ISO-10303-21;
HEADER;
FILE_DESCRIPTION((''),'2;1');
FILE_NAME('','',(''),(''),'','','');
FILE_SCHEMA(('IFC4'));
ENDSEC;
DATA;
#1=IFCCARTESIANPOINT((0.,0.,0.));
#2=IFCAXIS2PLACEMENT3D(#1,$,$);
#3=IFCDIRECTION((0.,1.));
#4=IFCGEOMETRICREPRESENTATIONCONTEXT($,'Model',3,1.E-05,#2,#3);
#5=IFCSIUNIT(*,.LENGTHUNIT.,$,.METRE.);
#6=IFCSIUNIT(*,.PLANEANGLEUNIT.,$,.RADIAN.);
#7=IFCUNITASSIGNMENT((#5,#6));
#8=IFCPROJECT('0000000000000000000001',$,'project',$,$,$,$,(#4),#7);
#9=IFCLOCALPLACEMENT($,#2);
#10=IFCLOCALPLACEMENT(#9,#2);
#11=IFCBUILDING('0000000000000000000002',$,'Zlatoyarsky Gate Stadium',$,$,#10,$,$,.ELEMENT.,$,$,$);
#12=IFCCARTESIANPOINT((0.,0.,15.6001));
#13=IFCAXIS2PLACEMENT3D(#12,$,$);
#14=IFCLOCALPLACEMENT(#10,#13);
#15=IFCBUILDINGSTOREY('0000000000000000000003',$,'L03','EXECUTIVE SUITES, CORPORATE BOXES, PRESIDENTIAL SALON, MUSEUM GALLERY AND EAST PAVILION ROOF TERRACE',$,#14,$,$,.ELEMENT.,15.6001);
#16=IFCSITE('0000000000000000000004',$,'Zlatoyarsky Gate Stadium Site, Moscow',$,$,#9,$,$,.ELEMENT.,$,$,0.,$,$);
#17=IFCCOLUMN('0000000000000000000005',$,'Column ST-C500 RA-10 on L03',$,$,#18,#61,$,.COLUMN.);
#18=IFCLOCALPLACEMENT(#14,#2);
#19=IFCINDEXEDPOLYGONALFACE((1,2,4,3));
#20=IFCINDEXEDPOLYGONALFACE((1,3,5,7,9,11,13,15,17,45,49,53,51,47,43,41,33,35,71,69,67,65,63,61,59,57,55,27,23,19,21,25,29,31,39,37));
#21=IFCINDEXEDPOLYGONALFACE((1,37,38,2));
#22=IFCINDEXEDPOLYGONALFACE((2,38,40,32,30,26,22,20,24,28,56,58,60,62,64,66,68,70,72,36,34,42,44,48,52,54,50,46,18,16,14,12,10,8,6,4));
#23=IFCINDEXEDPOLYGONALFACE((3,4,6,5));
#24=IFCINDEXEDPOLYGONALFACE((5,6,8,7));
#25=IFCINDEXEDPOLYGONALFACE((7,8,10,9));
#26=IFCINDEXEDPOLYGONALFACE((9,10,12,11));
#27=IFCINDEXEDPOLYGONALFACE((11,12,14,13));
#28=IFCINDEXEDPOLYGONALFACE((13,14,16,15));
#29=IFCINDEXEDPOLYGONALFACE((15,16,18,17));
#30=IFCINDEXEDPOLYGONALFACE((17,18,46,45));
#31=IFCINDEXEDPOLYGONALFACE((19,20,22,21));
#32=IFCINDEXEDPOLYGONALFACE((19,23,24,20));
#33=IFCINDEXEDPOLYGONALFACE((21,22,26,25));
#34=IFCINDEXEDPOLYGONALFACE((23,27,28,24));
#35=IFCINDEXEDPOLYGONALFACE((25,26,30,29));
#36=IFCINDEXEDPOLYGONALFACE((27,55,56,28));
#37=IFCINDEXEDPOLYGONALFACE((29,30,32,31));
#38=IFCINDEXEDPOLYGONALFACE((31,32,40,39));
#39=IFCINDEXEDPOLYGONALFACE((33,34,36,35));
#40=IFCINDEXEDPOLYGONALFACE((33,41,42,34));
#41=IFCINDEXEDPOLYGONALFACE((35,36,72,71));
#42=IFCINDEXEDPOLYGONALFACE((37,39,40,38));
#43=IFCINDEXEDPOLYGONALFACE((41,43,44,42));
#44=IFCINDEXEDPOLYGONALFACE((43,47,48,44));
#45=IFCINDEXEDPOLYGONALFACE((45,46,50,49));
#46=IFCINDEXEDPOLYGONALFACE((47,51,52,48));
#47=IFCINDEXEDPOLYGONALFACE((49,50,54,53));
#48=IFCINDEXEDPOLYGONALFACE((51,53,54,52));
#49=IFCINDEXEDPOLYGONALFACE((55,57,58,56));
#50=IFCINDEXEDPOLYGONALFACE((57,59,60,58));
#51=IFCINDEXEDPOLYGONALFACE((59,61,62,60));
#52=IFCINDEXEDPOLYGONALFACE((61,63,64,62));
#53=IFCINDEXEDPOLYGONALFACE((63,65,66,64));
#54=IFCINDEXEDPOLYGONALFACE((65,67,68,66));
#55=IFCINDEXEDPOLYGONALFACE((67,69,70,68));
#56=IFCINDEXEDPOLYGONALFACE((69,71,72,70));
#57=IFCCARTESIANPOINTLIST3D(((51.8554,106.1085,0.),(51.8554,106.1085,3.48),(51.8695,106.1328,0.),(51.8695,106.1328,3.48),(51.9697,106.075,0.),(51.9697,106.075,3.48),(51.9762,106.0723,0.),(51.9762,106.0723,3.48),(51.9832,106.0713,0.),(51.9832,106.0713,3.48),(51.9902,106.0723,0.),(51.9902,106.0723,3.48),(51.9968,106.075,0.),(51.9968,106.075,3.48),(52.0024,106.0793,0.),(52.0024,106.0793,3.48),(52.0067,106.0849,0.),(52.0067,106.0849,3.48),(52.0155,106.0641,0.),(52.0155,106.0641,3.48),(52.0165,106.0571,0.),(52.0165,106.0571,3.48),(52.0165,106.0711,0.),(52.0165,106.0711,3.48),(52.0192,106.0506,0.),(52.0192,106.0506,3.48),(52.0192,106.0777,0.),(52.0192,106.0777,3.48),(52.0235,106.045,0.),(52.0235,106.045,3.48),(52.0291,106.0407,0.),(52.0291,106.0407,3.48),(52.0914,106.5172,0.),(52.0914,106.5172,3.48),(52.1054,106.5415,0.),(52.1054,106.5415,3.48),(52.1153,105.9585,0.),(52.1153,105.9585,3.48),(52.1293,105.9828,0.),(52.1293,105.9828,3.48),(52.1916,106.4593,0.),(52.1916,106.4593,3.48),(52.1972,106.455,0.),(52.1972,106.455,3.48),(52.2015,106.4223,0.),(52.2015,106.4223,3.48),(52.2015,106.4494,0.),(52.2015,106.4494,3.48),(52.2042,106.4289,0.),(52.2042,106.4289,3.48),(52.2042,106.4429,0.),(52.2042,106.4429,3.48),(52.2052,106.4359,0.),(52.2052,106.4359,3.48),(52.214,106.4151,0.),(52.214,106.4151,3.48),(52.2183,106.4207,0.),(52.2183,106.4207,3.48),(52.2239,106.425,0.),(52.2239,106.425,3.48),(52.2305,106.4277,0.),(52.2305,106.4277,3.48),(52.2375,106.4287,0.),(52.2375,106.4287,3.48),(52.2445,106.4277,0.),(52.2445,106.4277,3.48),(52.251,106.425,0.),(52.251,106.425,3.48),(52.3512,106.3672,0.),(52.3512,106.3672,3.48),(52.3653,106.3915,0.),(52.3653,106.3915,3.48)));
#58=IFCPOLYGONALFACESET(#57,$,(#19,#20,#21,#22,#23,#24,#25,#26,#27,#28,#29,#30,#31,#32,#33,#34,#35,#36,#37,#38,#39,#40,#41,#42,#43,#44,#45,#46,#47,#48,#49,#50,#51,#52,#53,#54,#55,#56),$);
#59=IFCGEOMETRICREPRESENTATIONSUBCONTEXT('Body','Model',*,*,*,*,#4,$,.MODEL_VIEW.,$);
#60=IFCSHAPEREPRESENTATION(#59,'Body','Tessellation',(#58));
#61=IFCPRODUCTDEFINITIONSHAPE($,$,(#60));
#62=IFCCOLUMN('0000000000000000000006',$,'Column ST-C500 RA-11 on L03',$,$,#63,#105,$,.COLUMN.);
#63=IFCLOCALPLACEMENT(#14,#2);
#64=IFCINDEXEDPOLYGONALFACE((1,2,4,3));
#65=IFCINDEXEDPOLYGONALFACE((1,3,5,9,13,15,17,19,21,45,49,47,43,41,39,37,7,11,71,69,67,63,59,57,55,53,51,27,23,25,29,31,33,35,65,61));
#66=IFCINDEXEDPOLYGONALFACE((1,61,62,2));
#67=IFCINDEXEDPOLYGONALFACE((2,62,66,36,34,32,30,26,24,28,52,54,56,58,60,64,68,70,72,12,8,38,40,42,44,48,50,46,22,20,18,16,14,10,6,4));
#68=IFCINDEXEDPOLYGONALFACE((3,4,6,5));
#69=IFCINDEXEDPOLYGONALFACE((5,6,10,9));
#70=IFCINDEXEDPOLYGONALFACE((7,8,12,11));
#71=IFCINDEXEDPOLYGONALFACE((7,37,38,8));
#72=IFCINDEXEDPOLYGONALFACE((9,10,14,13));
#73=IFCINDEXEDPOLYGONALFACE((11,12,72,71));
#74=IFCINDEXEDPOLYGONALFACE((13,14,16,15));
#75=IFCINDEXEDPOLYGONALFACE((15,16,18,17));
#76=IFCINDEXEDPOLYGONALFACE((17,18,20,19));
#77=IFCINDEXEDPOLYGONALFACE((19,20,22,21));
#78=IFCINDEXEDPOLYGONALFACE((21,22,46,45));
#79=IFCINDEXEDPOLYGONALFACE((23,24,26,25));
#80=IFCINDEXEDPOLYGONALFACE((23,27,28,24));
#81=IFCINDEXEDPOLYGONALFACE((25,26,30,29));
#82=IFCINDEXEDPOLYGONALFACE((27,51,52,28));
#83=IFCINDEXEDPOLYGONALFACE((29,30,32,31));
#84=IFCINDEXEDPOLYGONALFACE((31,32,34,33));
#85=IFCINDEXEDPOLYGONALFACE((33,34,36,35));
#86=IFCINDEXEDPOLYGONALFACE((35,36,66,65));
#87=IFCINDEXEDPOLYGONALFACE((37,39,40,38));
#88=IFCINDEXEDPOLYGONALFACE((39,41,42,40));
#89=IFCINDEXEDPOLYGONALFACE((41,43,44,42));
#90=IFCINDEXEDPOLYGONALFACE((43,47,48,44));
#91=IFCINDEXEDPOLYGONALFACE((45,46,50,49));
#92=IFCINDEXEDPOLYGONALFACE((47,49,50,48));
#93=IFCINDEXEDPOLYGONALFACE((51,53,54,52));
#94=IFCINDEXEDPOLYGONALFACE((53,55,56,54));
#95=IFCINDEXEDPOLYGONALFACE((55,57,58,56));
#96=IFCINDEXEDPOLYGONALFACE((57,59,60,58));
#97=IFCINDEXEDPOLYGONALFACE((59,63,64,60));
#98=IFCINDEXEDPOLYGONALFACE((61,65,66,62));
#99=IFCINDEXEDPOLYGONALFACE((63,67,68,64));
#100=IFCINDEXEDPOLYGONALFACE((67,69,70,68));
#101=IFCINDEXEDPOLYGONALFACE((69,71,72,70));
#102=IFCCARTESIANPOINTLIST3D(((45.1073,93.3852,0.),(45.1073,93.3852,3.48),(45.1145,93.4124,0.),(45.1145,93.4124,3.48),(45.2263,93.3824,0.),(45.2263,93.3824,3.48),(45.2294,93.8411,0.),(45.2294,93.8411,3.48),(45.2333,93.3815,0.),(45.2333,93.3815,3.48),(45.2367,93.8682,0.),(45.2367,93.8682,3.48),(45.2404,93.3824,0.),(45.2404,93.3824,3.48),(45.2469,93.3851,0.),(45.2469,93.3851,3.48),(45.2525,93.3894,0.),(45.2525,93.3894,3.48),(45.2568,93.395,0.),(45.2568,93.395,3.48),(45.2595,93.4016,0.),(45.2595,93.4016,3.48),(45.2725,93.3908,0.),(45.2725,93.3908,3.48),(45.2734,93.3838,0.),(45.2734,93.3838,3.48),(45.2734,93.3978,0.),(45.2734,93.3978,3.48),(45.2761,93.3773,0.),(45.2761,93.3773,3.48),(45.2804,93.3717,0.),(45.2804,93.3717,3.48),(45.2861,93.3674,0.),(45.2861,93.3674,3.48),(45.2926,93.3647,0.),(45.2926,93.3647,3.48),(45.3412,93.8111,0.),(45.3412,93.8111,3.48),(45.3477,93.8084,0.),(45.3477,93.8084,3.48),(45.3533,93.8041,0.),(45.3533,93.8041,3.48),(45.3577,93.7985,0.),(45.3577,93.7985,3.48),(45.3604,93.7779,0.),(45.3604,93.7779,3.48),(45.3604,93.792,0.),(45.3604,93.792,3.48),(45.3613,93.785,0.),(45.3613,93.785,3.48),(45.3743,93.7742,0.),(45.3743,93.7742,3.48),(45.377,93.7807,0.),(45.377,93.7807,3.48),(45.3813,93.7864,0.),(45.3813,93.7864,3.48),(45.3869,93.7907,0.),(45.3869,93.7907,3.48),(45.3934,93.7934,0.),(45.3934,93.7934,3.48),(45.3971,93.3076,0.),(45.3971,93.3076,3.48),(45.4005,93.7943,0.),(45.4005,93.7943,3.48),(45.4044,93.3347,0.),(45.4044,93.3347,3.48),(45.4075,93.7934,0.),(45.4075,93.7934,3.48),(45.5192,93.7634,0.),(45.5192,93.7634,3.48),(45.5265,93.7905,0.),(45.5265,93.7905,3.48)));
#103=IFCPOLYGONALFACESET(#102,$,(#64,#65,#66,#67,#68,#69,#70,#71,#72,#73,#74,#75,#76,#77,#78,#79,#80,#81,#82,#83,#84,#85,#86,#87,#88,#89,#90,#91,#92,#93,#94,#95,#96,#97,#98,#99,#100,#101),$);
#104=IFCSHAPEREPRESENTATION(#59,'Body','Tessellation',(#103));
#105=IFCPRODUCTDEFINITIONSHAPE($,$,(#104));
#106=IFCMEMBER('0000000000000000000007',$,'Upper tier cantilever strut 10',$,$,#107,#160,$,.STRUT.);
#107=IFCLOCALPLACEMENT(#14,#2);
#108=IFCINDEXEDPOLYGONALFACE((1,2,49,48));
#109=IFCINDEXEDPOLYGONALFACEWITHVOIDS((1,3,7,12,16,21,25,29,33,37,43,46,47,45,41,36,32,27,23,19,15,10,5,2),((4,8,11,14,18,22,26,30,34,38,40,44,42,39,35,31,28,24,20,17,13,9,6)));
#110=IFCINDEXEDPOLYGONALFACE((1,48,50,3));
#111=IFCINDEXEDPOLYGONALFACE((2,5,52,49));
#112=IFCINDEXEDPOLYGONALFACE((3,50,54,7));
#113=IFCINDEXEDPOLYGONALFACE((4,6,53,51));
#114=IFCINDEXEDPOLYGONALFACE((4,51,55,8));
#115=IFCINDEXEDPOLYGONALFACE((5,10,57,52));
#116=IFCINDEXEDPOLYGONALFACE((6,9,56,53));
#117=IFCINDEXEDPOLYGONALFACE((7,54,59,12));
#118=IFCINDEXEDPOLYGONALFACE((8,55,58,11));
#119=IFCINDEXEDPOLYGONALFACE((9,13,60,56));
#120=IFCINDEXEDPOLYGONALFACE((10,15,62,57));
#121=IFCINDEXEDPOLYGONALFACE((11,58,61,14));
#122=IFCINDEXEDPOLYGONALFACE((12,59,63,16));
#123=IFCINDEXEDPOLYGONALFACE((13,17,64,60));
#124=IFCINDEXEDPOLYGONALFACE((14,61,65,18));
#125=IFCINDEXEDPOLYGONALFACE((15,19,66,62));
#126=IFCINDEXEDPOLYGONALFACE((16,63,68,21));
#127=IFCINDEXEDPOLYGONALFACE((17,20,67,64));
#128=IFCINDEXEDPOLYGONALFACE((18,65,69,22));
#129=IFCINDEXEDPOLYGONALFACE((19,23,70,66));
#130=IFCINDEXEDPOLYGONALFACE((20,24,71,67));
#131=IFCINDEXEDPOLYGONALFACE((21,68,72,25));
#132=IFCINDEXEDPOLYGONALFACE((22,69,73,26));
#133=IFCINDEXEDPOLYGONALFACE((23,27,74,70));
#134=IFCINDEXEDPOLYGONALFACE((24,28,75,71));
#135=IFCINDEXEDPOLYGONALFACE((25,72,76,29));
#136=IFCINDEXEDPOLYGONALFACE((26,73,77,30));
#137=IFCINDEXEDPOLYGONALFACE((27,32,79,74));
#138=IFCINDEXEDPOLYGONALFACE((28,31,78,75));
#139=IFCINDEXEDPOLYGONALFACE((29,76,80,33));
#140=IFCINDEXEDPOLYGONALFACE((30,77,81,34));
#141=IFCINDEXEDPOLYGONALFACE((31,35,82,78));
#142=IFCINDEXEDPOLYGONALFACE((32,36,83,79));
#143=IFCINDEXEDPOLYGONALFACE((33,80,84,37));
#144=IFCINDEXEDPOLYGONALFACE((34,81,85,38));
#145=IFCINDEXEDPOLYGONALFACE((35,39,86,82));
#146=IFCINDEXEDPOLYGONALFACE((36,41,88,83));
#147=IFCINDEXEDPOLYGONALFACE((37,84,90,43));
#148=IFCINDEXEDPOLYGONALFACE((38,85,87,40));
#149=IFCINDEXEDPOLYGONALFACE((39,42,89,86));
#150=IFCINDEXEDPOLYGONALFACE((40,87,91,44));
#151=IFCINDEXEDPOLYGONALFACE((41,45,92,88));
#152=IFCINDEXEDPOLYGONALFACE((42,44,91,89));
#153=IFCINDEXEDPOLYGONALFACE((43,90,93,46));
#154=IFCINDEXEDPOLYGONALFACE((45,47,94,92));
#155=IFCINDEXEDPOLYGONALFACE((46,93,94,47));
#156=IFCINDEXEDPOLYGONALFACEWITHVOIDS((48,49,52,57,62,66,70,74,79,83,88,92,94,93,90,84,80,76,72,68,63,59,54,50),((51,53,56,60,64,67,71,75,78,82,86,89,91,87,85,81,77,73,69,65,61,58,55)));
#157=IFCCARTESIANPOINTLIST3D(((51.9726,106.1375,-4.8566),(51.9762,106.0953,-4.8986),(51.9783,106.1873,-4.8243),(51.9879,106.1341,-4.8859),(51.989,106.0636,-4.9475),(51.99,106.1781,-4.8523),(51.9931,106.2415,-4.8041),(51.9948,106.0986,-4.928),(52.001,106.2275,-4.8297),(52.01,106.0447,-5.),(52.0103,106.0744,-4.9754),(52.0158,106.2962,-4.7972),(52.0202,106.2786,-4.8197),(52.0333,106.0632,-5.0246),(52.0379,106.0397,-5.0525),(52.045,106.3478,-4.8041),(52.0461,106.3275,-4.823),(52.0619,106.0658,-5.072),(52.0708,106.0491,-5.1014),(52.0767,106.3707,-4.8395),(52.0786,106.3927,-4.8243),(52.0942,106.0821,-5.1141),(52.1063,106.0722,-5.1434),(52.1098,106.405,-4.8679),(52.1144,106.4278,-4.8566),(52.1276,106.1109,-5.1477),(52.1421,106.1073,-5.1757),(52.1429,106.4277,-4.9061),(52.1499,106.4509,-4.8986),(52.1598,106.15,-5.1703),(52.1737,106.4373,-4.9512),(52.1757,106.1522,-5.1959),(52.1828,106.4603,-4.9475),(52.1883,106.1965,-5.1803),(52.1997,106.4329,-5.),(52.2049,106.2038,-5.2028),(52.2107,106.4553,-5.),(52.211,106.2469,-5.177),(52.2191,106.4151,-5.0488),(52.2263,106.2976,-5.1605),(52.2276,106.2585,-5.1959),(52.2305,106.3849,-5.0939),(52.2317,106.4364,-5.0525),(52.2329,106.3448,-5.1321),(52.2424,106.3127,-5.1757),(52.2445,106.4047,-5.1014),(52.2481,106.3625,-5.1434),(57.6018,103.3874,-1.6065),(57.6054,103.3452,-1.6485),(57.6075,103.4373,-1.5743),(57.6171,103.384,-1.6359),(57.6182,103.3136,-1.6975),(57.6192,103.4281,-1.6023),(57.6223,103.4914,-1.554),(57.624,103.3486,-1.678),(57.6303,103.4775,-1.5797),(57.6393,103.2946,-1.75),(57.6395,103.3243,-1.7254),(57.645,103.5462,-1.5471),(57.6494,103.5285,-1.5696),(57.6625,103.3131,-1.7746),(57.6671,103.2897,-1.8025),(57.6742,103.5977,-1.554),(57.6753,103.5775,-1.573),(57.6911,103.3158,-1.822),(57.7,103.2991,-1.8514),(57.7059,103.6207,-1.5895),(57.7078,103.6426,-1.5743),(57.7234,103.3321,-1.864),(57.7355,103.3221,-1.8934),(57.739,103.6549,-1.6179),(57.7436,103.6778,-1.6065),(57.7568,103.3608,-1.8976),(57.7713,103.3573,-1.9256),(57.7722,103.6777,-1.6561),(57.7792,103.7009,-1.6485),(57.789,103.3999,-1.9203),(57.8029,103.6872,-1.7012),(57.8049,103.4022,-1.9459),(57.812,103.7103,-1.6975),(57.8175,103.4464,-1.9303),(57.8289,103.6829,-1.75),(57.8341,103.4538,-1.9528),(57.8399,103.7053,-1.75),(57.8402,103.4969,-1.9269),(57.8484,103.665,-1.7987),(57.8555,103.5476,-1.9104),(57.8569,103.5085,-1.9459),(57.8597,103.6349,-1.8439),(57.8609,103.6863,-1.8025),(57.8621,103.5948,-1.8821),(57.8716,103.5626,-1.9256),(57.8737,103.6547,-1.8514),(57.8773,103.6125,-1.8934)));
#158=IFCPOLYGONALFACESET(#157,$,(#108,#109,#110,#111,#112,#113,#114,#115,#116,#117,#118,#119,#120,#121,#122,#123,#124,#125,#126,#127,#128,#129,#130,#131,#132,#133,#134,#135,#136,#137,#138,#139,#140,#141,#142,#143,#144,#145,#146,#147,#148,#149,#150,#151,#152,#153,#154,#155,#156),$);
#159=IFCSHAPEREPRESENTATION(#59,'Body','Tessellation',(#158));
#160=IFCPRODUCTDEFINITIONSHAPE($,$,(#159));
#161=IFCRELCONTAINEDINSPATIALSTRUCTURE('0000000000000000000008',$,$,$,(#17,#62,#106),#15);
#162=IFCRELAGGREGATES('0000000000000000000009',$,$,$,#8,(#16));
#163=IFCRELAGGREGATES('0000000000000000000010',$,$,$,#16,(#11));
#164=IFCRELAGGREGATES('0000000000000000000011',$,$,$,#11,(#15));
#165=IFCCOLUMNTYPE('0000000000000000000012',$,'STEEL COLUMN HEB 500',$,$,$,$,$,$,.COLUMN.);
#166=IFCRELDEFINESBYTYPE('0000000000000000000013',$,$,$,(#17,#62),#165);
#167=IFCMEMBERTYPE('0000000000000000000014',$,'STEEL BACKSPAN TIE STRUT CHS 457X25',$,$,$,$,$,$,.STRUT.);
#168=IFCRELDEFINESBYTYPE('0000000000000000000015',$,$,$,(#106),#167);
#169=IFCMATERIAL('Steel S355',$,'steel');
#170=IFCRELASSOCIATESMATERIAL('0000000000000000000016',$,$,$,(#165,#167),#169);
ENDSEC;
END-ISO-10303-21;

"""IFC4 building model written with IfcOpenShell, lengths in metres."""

from ifc_helpers import new_model, si_unit, direction, frame, origin, origin_2d, place, context, subcontext, project, spatial, hollow_circle, i_section, extrude, material, material_profile, profile_set, type_object, element, save


model = new_model("IFC4")

# Units and contexts
model_context = context("Model", 3, precision=1e-05, world=origin(), true_north=direction((0.0, 1.0)))
body_context = subcontext(model_context, "Body", "Model", "MODEL_VIEW")
ifc_project = project(units=[si_unit("LENGTHUNIT", "METRE"), si_unit("PLANEANGLEUNIT", "RADIAN")], contexts=[model_context])

# Site, building, storey
site_placement = place(None, origin())
site = spatial("IfcSite", under=ifc_project, at=site_placement, Name="Zlatoyarsky Gate Stadium Site, Moscow", CompositionType="ELEMENT", RefElevation=0.0)
building_placement = place(site_placement, origin())
building = spatial("IfcBuilding", under=site, at=building_placement, Name="Zlatoyarsky Gate Stadium", CompositionType="ELEMENT")
storey_placement = place(building_placement, frame((0.0, 0.0, 15.6001)))
storey = spatial("IfcBuildingStorey", under=building, at=storey_placement, Name="L03", Description="EXECUTIVE SUITES, CORPORATE BOXES, PRESIDENTIAL SALON, MUSEUM GALLERY AND EAST PAVILION ROOF TERRACE", CompositionType="ELEMENT", Elevation=15.6001)

# Columns
ifc_material_1 = material(Name="Steel S355", Category="steel")
ifc_material_profile_1 = material_profile(ifc_material_1, i_section(OverallWidth=0.3, OverallDepth=0.5, WebThickness=0.0144, FlangeThickness=0.0281, FilletRadius=0.0271, at=origin_2d()), Name="HEB 500")
ifc_profile_set_1 = profile_set([ifc_material_profile_1], Name="Steel S355")
column_type = type_object("IfcColumnType", Name="STEEL COLUMN HEB 500", PredefinedType="COLUMN", material=ifc_profile_set_1)
for number, where, z_axis, x_axis, name in (
    (1, (52.1104, 106.25, 0.0), (0.0, 0.0, 1.0), (-0.866025, 0.5, 0.0), "Column ST-C500 RA-10 on L03"),
    (2, (45.3169, 93.5879, 0.0), (0.0, 0.0, 1.0), (-0.965926, 0.258819, 0.0), "Column ST-C500 RA-11 on L03"),
):
    element("IfcColumn", number, at=place(storey_placement, frame(where, z_axis=z_axis, x_axis=x_axis)), inside=storey, type_object=column_type, Name=name, PredefinedType="COLUMN", context=body_context, shape_type="SweptSolid", body=[
        extrude(i_section(OverallWidth=0.3, OverallDepth=0.5, WebThickness=0.0144, FlangeThickness=0.0281, FilletRadius=0.0271, at=origin_2d()), origin(), (0.0, 0.0, 1.0), 3.48),
    ])

# Member
ifc_material_profile_2 = material_profile(ifc_material_1, hollow_circle(Radius=0.2285, WallThickness=0.0249, at=origin_2d()), Name="CHS 457X25")
ifc_profile_set_2 = profile_set([ifc_material_profile_2], Name="Steel S355")
member_type = type_object("IfcMemberType", Name="STEEL BACKSPAN TIE STRUT CHS 457X25", PredefinedType="STRUT", material=ifc_profile_set_2)
member_1_placement = place(storey_placement, frame((52.1104, 106.25, -5.0), z_axis=(0.79758, -0.389641, 0.460484), x_axis=(0.438949, 0.898512, 0.0)))
element("IfcMember", 3, at=member_1_placement, inside=storey, type_object=member_type, Name="Upper tier cantilever strut 10", PredefinedType="STRUT", context=body_context, shape_type="SweptSolid", body=[
    extrude(hollow_circle(Radius=0.2285, WallThickness=0.0249, at=origin_2d()), origin(), (0.0, 0.0, 1.0), 7.0579),
])

save(model, "model.ifc")
